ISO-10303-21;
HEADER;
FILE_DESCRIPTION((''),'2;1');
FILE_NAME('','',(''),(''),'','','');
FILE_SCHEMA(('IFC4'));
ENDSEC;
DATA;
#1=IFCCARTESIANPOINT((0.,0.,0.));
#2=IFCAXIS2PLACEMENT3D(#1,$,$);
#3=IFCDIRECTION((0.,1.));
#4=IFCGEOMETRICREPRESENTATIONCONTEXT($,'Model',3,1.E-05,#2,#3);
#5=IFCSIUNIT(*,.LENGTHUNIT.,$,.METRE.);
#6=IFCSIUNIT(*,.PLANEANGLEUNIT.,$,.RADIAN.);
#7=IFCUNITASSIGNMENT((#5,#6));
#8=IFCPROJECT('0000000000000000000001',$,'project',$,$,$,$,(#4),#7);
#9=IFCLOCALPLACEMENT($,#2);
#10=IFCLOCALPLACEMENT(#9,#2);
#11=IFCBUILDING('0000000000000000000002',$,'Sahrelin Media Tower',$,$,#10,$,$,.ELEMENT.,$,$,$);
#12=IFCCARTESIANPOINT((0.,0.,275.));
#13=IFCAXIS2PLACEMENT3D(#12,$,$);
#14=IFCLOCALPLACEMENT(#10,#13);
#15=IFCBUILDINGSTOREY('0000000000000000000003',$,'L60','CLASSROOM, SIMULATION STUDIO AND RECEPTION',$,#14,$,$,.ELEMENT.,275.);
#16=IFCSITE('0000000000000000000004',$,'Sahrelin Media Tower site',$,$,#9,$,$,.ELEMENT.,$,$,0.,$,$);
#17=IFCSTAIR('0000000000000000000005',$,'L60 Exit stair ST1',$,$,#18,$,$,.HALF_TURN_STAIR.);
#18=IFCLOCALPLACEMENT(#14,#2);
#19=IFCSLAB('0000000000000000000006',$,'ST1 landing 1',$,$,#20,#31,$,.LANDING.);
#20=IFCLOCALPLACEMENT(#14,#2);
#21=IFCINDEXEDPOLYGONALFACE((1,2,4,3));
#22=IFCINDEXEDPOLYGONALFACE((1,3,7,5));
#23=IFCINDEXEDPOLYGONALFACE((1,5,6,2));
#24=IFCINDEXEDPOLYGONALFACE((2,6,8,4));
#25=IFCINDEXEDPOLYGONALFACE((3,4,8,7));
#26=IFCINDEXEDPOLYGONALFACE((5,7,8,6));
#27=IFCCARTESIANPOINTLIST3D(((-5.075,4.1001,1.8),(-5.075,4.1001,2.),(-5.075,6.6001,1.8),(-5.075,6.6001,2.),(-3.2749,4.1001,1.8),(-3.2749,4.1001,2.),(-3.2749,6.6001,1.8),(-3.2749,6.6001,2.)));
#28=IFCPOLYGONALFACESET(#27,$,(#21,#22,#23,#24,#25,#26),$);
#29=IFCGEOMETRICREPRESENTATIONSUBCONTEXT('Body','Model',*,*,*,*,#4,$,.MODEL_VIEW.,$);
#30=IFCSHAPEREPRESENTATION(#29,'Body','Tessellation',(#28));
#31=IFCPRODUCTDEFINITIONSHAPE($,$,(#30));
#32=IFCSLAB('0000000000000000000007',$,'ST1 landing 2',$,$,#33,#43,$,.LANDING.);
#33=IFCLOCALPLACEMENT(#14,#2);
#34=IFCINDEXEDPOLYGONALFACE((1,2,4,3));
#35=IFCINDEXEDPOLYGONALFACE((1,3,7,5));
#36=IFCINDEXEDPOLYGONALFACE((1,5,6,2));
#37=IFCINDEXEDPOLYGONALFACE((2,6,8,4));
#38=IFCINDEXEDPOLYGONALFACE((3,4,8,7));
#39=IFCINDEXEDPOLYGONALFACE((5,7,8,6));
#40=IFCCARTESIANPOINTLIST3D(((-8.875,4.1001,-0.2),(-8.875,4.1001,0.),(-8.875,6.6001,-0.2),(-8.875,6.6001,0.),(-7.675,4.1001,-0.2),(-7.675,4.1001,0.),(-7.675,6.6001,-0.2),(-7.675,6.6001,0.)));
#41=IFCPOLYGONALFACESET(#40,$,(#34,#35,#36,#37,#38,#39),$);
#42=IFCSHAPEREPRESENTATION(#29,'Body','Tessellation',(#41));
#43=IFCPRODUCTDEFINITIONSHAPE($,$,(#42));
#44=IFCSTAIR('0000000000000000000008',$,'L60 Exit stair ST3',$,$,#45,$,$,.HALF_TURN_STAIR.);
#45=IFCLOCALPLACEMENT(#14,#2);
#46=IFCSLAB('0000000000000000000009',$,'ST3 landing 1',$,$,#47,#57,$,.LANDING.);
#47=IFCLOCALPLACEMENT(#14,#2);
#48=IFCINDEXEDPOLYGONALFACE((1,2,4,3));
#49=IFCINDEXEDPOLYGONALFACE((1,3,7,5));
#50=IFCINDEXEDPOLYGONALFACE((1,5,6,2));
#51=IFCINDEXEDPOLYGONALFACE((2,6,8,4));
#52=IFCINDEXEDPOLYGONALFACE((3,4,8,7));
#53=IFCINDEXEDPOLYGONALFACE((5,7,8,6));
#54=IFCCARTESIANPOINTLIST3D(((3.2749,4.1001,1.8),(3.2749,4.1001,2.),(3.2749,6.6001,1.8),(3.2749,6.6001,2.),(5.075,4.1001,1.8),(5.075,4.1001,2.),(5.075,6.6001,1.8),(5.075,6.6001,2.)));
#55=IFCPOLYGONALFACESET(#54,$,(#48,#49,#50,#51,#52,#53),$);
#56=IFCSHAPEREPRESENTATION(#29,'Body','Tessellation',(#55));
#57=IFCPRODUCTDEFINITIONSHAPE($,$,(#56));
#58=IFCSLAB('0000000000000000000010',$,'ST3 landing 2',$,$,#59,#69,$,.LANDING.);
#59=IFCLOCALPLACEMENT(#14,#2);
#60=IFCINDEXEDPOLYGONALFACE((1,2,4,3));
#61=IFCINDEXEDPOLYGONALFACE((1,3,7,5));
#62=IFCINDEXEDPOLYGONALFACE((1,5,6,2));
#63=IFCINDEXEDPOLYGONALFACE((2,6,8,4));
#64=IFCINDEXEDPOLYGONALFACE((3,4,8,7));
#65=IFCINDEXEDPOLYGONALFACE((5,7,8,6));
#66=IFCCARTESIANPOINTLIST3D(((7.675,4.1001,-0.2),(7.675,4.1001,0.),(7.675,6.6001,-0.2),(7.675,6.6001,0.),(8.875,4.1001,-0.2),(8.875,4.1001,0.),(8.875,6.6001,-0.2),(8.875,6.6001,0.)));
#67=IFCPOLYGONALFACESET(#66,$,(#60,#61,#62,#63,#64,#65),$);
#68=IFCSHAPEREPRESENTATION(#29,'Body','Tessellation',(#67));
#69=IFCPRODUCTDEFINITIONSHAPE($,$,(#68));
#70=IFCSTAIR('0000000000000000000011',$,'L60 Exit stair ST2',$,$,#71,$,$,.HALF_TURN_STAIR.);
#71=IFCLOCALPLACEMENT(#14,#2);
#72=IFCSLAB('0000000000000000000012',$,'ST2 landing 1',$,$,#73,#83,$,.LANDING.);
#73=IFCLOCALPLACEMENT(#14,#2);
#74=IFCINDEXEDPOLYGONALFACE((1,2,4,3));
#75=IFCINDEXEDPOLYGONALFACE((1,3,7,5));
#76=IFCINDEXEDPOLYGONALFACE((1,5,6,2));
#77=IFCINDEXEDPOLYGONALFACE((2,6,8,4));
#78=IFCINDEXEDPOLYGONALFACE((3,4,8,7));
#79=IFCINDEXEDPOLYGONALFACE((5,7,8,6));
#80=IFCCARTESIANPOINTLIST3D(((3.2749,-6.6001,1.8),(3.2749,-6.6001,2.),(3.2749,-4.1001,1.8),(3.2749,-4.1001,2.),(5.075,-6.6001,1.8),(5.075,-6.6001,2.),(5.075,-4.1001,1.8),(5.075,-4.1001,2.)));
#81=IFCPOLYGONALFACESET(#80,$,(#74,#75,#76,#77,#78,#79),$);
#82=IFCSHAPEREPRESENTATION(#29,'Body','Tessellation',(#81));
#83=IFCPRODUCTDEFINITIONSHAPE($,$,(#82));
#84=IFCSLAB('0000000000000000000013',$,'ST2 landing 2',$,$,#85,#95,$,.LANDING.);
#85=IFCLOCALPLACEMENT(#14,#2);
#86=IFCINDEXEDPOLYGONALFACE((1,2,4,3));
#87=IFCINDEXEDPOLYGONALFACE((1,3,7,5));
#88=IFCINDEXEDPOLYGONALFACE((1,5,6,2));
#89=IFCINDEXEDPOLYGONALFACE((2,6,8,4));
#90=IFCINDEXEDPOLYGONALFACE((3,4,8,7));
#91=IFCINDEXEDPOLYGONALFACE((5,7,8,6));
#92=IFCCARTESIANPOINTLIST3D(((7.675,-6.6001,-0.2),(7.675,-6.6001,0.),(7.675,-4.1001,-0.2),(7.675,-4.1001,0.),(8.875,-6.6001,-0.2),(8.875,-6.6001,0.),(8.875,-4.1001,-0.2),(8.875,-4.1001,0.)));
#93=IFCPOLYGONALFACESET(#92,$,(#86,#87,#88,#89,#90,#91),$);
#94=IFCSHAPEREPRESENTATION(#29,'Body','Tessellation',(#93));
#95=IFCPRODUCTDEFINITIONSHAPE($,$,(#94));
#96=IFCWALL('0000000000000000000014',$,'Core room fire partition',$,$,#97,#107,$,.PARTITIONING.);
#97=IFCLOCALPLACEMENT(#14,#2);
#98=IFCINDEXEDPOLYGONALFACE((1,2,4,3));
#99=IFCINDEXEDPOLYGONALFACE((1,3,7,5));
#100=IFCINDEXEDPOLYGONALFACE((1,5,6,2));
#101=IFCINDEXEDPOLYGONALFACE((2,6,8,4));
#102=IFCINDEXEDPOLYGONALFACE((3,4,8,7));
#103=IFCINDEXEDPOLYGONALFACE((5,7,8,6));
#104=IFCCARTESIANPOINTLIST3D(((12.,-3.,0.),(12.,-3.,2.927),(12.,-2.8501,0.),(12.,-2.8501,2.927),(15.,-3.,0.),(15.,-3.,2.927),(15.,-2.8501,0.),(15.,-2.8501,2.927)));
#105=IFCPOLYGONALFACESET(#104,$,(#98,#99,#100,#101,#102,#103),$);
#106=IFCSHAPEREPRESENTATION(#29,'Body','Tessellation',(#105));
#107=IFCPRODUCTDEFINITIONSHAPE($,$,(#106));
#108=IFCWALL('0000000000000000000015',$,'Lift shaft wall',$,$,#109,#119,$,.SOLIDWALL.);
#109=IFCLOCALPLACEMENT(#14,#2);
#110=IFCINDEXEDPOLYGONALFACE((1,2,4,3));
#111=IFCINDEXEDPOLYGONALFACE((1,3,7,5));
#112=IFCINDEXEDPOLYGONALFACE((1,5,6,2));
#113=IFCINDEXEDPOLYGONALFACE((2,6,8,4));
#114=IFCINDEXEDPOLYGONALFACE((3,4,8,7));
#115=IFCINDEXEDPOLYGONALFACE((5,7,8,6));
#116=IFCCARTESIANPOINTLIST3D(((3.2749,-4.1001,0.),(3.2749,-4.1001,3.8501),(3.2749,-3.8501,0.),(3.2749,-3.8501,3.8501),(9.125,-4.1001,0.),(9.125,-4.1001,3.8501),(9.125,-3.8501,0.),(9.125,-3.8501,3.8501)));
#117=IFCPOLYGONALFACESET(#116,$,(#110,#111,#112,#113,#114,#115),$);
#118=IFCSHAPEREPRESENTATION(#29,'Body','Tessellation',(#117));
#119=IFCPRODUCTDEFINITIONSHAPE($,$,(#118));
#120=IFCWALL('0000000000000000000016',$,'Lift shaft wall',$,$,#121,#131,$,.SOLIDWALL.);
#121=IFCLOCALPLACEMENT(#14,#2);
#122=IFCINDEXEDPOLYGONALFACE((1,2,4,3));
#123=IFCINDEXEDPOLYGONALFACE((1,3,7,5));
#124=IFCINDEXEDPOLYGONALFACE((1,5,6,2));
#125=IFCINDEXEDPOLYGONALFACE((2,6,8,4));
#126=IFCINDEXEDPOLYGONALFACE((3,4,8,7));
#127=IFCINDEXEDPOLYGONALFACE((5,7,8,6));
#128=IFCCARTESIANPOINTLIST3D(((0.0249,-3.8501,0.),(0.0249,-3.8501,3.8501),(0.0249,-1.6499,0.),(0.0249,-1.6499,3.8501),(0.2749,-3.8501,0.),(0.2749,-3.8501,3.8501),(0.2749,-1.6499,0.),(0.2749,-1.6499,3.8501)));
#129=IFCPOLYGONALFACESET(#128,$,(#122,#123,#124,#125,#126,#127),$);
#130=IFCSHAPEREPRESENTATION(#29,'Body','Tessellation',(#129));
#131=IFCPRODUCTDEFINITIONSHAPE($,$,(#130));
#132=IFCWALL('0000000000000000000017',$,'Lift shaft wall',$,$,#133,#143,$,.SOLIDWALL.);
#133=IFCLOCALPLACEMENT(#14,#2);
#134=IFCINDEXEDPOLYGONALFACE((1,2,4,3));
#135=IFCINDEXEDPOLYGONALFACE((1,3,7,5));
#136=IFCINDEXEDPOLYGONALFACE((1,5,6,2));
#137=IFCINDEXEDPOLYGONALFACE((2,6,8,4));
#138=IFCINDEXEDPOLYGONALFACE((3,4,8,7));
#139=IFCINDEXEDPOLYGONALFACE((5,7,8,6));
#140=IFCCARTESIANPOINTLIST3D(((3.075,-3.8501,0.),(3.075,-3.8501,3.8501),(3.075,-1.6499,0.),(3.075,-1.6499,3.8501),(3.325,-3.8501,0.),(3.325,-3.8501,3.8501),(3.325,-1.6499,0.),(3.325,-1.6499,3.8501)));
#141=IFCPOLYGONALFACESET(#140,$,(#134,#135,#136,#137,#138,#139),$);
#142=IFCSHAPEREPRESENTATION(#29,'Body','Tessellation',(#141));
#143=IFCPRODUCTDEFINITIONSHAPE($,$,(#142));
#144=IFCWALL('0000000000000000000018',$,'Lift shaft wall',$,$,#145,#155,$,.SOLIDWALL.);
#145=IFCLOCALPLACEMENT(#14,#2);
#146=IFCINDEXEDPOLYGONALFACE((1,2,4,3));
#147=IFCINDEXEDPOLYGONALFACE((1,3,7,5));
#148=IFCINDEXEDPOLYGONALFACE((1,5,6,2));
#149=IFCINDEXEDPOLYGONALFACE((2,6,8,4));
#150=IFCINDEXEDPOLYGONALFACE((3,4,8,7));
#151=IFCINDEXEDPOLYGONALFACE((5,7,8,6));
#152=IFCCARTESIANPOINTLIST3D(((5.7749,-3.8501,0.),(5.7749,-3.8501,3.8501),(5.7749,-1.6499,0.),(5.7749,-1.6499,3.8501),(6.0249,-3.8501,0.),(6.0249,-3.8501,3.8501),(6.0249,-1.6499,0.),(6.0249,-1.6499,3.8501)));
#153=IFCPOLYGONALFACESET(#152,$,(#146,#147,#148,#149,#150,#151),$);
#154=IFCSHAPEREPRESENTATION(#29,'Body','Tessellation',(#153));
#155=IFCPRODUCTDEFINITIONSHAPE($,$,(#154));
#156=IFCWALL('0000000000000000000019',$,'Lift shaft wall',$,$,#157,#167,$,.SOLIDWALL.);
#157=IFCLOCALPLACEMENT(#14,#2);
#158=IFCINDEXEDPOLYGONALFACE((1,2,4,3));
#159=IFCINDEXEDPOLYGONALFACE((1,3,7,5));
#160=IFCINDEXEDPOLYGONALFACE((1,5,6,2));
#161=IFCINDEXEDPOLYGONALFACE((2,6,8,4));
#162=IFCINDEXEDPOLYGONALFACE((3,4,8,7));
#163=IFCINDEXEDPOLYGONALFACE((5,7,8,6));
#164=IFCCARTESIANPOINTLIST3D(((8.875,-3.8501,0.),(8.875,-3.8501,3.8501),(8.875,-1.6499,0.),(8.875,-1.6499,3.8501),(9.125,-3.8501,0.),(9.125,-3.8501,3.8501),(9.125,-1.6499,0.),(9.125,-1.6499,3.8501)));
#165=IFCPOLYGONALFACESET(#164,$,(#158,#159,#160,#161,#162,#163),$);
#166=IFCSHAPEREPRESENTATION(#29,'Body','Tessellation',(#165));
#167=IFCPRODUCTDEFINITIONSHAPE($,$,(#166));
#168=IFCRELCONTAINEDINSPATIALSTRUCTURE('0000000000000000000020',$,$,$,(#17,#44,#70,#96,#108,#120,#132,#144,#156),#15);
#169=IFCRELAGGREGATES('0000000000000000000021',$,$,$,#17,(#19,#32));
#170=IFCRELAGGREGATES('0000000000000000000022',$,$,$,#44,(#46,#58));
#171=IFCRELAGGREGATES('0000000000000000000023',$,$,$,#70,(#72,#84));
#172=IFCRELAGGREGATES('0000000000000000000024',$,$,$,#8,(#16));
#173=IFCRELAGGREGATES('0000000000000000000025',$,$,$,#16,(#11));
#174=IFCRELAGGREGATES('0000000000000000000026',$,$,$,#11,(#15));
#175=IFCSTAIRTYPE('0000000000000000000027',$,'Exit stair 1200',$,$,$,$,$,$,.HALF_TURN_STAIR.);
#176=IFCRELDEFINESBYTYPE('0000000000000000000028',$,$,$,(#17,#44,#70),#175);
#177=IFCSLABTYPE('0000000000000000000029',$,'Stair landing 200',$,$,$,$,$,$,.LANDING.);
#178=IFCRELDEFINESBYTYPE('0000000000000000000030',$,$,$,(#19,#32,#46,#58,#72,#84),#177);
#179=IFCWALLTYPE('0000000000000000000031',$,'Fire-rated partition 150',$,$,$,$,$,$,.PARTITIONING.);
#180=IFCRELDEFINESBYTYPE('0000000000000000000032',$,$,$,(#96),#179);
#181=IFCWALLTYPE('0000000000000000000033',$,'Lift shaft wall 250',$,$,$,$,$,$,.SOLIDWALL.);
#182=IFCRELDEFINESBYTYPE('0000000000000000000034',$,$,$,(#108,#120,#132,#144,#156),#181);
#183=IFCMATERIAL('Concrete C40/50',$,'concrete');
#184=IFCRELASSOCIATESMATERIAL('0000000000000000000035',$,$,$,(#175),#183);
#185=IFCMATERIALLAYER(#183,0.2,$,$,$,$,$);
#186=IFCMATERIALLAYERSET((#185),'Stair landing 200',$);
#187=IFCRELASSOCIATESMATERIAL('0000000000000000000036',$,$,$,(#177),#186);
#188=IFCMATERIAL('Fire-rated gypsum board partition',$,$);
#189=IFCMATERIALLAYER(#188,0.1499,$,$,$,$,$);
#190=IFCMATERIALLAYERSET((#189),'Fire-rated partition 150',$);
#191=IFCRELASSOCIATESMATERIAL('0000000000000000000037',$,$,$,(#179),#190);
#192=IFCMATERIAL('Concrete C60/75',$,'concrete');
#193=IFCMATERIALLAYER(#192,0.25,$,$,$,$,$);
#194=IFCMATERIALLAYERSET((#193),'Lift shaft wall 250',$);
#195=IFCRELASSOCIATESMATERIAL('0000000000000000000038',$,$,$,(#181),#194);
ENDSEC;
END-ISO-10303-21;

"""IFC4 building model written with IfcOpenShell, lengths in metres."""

from ifc_helpers import new_model, si_unit, direction, frame, frame_2d, origin, place, context, subcontext, project, spatial, polyline, rectangle, outline, extrude, material, layer, layer_set, type_object, element, aggregate, save


model = new_model("IFC4")

# Units and contexts
model_context = context("Model", 3, precision=1e-05, world=origin(), true_north=direction((0.0, 1.0)))
body_context = subcontext(model_context, "Body", "Model", "MODEL_VIEW")
ifc_project = project(units=[si_unit("LENGTHUNIT", "METRE"), si_unit("PLANEANGLEUNIT", "RADIAN")], contexts=[model_context])

# Site, building, storey
site_placement = place(None, origin())
site = spatial("IfcSite", under=ifc_project, at=site_placement, Name="Sahrelin Media Tower site", CompositionType="ELEMENT", RefElevation=0.0)
building_placement = place(site_placement, origin())
building = spatial("IfcBuilding", under=site, at=building_placement, Name="Sahrelin Media Tower", CompositionType="ELEMENT")
storey_placement = place(building_placement, frame((0.0, 0.0, 275.0)))
storey = spatial("IfcBuildingStorey", under=building, at=storey_placement, Name="L60", Description="CLASSROOM, SIMULATION STUDIO AND RECEPTION", CompositionType="ELEMENT", Elevation=275.0)

# Stairs, slabs
ifc_material_1 = material(Name="Concrete C40/50", Category="concrete")
stair_type = type_object("IfcStairType", Name="Exit stair 1200", PredefinedType="HALF_TURN_STAIR", material=ifc_material_1)
placement_1 = place(storey_placement, origin())
stair_1 = element("IfcStair", 1, at=placement_1, inside=storey, type_object=stair_type, Name="L60 Exit stair ST1", PredefinedType="HALF_TURN_STAIR")
ifc_layer_1 = layer(ifc_material_1, 0.2)
ifc_layer_set_1 = layer_set([ifc_layer_1], Name="Stair landing 200")
slab_type = type_object("IfcSlabType", Name="Stair landing 200", PredefinedType="LANDING", material=ifc_layer_set_1)
placement_2 = place(storey_placement, frame((0.0, 0.0, 1.8)))
slab_1 = element("IfcSlab", 2, at=placement_2, type_object=slab_type, Name="ST1 landing 1", PredefinedType="LANDING", context=body_context, shape_type="SweptSolid", body=[
    extrude(outline(polyline([(-5.075, 4.1001), (-3.2749, 4.1001), (-3.2749, 6.6001), (-5.075, 6.6001), (-5.075, 4.1001)])), origin(), (0.0, 0.0, 1.0), 0.2),
])
placement_3 = place(storey_placement, frame((0.0, 0.0, -0.2)))
slab_2 = element("IfcSlab", 3, at=placement_3, type_object=slab_type, Name="ST1 landing 2", PredefinedType="LANDING", context=body_context, shape_type="SweptSolid", body=[
    extrude(outline(polyline([(-8.875, 4.1001), (-7.675, 4.1001), (-7.675, 6.6001), (-8.875, 6.6001), (-8.875, 4.1001)])), origin(), (0.0, 0.0, 1.0), 0.2),
])
aggregate(stair_1, [slab_1, slab_2])
stair_2 = element("IfcStair", 4, at=placement_1, inside=storey, type_object=stair_type, Name="L60 Exit stair ST3", PredefinedType="HALF_TURN_STAIR")
slab_3 = element("IfcSlab", 5, at=placement_2, type_object=slab_type, Name="ST3 landing 1", PredefinedType="LANDING", context=body_context, shape_type="SweptSolid", body=[
    extrude(outline(polyline([(5.075, 6.6001), (3.2749, 6.6001), (3.2749, 4.1001), (5.075, 4.1001), (5.075, 6.6001)])), origin(), (0.0, 0.0, 1.0), 0.2),
])
slab_4 = element("IfcSlab", 6, at=placement_3, type_object=slab_type, Name="ST3 landing 2", PredefinedType="LANDING", context=body_context, shape_type="SweptSolid", body=[
    extrude(outline(polyline([(8.875, 6.6001), (7.675, 6.6001), (7.675, 4.1001), (8.875, 4.1001), (8.875, 6.6001)])), origin(), (0.0, 0.0, 1.0), 0.2),
])
aggregate(stair_2, [slab_3, slab_4])
stair_3 = element("IfcStair", 7, at=placement_1, inside=storey, type_object=stair_type, Name="L60 Exit stair ST2", PredefinedType="HALF_TURN_STAIR")
slab_5 = element("IfcSlab", 8, at=placement_2, type_object=slab_type, Name="ST2 landing 1", PredefinedType="LANDING", context=body_context, shape_type="SweptSolid", body=[
    extrude(outline(polyline([(5.075, -4.1001), (3.2749, -4.1001), (3.2749, -6.6001), (5.075, -6.6001), (5.075, -4.1001)])), origin(), (0.0, 0.0, 1.0), 0.2),
])
slab_6 = element("IfcSlab", 9, at=placement_3, type_object=slab_type, Name="ST2 landing 2", PredefinedType="LANDING", context=body_context, shape_type="SweptSolid", body=[
    extrude(outline(polyline([(8.875, -4.1001), (7.675, -4.1001), (7.675, -6.6001), (8.875, -6.6001), (8.875, -4.1001)])), origin(), (0.0, 0.0, 1.0), 0.2),
])
aggregate(stair_3, [slab_5, slab_6])

# Walls
ifc_material_2 = material(Name="Fire-rated gypsum board partition")
ifc_layer_2 = layer(ifc_material_2, 0.1499)
ifc_layer_set_2 = layer_set([ifc_layer_2], Name="Fire-rated partition 150")
wall_type_1 = type_object("IfcWallType", Name="Fire-rated partition 150", PredefinedType="PARTITIONING", material=ifc_layer_set_2)
wall_1_placement = place(storey_placement, frame((12.0, -2.925, 0.0), z_axis=(0.0, 0.0, 1.0), x_axis=(1.0, 0.0, 0.0)))
element("IfcWall", 10, at=wall_1_placement, inside=storey, type_object=wall_type_1, Name="Core room fire partition", PredefinedType="PARTITIONING", context=body_context, shape_type="SweptSolid", body=[
    extrude(rectangle(XDim=3.0, YDim=0.1499, at=frame_2d((1.5, 0.0))), origin(), (0.0, 0.0, 1.0), 2.927),
])
ifc_material_3 = material(Name="Concrete C60/75", Category="concrete")
ifc_layer_3 = layer(ifc_material_3, 0.25)
ifc_layer_set_3 = layer_set([ifc_layer_3], Name="Lift shaft wall 250")
wall_type_2 = type_object("IfcWallType", Name="Lift shaft wall 250", PredefinedType="SOLIDWALL", material=ifc_layer_set_3)
wall_2_placement = place(storey_placement, frame((3.2749, -3.9751, 0.0), z_axis=(0.0, 0.0, 1.0), x_axis=(1.0, 0.0, 0.0)))
element("IfcWall", 11, at=wall_2_placement, inside=storey, type_object=wall_type_2, Name="Lift shaft wall", PredefinedType="SOLIDWALL", context=body_context, shape_type="SweptSolid", body=[
    extrude(rectangle(XDim=5.8501, YDim=0.25, at=frame_2d((2.925, 0.0))), origin(), (0.0, 0.0, 1.0), 3.8501),
])
for number, where, z_axis, x_axis, name in (
    (12, (0.1499, -3.8501, 0.0), (0.0, 0.0, 1.0), (0.0, 1.0, 0.0), "Lift shaft wall"),
    (13, (3.2, -3.8501, 0.0), (0.0, 0.0, 1.0), (0.0, 1.0, 0.0), "Lift shaft wall"),
    (14, (5.8999, -3.8501, 0.0), (0.0, 0.0, 1.0), (0.0, 1.0, 0.0), "Lift shaft wall"),
    (15, (9.0, -3.8501, 0.0), (0.0, 0.0, 1.0), (0.0, 1.0, 0.0), "Lift shaft wall"),
):
    element("IfcWall", number, at=place(storey_placement, frame(where, z_axis=z_axis, x_axis=x_axis)), inside=storey, type_object=wall_type_2, Name=name, PredefinedType="SOLIDWALL", context=body_context, shape_type="SweptSolid", body=[
        extrude(rectangle(XDim=2.2002, YDim=0.25, at=frame_2d((1.1001, 0.0))), origin(), (0.0, 0.0, 1.0), 3.8501),
    ])

save(model, "model.ifc")
